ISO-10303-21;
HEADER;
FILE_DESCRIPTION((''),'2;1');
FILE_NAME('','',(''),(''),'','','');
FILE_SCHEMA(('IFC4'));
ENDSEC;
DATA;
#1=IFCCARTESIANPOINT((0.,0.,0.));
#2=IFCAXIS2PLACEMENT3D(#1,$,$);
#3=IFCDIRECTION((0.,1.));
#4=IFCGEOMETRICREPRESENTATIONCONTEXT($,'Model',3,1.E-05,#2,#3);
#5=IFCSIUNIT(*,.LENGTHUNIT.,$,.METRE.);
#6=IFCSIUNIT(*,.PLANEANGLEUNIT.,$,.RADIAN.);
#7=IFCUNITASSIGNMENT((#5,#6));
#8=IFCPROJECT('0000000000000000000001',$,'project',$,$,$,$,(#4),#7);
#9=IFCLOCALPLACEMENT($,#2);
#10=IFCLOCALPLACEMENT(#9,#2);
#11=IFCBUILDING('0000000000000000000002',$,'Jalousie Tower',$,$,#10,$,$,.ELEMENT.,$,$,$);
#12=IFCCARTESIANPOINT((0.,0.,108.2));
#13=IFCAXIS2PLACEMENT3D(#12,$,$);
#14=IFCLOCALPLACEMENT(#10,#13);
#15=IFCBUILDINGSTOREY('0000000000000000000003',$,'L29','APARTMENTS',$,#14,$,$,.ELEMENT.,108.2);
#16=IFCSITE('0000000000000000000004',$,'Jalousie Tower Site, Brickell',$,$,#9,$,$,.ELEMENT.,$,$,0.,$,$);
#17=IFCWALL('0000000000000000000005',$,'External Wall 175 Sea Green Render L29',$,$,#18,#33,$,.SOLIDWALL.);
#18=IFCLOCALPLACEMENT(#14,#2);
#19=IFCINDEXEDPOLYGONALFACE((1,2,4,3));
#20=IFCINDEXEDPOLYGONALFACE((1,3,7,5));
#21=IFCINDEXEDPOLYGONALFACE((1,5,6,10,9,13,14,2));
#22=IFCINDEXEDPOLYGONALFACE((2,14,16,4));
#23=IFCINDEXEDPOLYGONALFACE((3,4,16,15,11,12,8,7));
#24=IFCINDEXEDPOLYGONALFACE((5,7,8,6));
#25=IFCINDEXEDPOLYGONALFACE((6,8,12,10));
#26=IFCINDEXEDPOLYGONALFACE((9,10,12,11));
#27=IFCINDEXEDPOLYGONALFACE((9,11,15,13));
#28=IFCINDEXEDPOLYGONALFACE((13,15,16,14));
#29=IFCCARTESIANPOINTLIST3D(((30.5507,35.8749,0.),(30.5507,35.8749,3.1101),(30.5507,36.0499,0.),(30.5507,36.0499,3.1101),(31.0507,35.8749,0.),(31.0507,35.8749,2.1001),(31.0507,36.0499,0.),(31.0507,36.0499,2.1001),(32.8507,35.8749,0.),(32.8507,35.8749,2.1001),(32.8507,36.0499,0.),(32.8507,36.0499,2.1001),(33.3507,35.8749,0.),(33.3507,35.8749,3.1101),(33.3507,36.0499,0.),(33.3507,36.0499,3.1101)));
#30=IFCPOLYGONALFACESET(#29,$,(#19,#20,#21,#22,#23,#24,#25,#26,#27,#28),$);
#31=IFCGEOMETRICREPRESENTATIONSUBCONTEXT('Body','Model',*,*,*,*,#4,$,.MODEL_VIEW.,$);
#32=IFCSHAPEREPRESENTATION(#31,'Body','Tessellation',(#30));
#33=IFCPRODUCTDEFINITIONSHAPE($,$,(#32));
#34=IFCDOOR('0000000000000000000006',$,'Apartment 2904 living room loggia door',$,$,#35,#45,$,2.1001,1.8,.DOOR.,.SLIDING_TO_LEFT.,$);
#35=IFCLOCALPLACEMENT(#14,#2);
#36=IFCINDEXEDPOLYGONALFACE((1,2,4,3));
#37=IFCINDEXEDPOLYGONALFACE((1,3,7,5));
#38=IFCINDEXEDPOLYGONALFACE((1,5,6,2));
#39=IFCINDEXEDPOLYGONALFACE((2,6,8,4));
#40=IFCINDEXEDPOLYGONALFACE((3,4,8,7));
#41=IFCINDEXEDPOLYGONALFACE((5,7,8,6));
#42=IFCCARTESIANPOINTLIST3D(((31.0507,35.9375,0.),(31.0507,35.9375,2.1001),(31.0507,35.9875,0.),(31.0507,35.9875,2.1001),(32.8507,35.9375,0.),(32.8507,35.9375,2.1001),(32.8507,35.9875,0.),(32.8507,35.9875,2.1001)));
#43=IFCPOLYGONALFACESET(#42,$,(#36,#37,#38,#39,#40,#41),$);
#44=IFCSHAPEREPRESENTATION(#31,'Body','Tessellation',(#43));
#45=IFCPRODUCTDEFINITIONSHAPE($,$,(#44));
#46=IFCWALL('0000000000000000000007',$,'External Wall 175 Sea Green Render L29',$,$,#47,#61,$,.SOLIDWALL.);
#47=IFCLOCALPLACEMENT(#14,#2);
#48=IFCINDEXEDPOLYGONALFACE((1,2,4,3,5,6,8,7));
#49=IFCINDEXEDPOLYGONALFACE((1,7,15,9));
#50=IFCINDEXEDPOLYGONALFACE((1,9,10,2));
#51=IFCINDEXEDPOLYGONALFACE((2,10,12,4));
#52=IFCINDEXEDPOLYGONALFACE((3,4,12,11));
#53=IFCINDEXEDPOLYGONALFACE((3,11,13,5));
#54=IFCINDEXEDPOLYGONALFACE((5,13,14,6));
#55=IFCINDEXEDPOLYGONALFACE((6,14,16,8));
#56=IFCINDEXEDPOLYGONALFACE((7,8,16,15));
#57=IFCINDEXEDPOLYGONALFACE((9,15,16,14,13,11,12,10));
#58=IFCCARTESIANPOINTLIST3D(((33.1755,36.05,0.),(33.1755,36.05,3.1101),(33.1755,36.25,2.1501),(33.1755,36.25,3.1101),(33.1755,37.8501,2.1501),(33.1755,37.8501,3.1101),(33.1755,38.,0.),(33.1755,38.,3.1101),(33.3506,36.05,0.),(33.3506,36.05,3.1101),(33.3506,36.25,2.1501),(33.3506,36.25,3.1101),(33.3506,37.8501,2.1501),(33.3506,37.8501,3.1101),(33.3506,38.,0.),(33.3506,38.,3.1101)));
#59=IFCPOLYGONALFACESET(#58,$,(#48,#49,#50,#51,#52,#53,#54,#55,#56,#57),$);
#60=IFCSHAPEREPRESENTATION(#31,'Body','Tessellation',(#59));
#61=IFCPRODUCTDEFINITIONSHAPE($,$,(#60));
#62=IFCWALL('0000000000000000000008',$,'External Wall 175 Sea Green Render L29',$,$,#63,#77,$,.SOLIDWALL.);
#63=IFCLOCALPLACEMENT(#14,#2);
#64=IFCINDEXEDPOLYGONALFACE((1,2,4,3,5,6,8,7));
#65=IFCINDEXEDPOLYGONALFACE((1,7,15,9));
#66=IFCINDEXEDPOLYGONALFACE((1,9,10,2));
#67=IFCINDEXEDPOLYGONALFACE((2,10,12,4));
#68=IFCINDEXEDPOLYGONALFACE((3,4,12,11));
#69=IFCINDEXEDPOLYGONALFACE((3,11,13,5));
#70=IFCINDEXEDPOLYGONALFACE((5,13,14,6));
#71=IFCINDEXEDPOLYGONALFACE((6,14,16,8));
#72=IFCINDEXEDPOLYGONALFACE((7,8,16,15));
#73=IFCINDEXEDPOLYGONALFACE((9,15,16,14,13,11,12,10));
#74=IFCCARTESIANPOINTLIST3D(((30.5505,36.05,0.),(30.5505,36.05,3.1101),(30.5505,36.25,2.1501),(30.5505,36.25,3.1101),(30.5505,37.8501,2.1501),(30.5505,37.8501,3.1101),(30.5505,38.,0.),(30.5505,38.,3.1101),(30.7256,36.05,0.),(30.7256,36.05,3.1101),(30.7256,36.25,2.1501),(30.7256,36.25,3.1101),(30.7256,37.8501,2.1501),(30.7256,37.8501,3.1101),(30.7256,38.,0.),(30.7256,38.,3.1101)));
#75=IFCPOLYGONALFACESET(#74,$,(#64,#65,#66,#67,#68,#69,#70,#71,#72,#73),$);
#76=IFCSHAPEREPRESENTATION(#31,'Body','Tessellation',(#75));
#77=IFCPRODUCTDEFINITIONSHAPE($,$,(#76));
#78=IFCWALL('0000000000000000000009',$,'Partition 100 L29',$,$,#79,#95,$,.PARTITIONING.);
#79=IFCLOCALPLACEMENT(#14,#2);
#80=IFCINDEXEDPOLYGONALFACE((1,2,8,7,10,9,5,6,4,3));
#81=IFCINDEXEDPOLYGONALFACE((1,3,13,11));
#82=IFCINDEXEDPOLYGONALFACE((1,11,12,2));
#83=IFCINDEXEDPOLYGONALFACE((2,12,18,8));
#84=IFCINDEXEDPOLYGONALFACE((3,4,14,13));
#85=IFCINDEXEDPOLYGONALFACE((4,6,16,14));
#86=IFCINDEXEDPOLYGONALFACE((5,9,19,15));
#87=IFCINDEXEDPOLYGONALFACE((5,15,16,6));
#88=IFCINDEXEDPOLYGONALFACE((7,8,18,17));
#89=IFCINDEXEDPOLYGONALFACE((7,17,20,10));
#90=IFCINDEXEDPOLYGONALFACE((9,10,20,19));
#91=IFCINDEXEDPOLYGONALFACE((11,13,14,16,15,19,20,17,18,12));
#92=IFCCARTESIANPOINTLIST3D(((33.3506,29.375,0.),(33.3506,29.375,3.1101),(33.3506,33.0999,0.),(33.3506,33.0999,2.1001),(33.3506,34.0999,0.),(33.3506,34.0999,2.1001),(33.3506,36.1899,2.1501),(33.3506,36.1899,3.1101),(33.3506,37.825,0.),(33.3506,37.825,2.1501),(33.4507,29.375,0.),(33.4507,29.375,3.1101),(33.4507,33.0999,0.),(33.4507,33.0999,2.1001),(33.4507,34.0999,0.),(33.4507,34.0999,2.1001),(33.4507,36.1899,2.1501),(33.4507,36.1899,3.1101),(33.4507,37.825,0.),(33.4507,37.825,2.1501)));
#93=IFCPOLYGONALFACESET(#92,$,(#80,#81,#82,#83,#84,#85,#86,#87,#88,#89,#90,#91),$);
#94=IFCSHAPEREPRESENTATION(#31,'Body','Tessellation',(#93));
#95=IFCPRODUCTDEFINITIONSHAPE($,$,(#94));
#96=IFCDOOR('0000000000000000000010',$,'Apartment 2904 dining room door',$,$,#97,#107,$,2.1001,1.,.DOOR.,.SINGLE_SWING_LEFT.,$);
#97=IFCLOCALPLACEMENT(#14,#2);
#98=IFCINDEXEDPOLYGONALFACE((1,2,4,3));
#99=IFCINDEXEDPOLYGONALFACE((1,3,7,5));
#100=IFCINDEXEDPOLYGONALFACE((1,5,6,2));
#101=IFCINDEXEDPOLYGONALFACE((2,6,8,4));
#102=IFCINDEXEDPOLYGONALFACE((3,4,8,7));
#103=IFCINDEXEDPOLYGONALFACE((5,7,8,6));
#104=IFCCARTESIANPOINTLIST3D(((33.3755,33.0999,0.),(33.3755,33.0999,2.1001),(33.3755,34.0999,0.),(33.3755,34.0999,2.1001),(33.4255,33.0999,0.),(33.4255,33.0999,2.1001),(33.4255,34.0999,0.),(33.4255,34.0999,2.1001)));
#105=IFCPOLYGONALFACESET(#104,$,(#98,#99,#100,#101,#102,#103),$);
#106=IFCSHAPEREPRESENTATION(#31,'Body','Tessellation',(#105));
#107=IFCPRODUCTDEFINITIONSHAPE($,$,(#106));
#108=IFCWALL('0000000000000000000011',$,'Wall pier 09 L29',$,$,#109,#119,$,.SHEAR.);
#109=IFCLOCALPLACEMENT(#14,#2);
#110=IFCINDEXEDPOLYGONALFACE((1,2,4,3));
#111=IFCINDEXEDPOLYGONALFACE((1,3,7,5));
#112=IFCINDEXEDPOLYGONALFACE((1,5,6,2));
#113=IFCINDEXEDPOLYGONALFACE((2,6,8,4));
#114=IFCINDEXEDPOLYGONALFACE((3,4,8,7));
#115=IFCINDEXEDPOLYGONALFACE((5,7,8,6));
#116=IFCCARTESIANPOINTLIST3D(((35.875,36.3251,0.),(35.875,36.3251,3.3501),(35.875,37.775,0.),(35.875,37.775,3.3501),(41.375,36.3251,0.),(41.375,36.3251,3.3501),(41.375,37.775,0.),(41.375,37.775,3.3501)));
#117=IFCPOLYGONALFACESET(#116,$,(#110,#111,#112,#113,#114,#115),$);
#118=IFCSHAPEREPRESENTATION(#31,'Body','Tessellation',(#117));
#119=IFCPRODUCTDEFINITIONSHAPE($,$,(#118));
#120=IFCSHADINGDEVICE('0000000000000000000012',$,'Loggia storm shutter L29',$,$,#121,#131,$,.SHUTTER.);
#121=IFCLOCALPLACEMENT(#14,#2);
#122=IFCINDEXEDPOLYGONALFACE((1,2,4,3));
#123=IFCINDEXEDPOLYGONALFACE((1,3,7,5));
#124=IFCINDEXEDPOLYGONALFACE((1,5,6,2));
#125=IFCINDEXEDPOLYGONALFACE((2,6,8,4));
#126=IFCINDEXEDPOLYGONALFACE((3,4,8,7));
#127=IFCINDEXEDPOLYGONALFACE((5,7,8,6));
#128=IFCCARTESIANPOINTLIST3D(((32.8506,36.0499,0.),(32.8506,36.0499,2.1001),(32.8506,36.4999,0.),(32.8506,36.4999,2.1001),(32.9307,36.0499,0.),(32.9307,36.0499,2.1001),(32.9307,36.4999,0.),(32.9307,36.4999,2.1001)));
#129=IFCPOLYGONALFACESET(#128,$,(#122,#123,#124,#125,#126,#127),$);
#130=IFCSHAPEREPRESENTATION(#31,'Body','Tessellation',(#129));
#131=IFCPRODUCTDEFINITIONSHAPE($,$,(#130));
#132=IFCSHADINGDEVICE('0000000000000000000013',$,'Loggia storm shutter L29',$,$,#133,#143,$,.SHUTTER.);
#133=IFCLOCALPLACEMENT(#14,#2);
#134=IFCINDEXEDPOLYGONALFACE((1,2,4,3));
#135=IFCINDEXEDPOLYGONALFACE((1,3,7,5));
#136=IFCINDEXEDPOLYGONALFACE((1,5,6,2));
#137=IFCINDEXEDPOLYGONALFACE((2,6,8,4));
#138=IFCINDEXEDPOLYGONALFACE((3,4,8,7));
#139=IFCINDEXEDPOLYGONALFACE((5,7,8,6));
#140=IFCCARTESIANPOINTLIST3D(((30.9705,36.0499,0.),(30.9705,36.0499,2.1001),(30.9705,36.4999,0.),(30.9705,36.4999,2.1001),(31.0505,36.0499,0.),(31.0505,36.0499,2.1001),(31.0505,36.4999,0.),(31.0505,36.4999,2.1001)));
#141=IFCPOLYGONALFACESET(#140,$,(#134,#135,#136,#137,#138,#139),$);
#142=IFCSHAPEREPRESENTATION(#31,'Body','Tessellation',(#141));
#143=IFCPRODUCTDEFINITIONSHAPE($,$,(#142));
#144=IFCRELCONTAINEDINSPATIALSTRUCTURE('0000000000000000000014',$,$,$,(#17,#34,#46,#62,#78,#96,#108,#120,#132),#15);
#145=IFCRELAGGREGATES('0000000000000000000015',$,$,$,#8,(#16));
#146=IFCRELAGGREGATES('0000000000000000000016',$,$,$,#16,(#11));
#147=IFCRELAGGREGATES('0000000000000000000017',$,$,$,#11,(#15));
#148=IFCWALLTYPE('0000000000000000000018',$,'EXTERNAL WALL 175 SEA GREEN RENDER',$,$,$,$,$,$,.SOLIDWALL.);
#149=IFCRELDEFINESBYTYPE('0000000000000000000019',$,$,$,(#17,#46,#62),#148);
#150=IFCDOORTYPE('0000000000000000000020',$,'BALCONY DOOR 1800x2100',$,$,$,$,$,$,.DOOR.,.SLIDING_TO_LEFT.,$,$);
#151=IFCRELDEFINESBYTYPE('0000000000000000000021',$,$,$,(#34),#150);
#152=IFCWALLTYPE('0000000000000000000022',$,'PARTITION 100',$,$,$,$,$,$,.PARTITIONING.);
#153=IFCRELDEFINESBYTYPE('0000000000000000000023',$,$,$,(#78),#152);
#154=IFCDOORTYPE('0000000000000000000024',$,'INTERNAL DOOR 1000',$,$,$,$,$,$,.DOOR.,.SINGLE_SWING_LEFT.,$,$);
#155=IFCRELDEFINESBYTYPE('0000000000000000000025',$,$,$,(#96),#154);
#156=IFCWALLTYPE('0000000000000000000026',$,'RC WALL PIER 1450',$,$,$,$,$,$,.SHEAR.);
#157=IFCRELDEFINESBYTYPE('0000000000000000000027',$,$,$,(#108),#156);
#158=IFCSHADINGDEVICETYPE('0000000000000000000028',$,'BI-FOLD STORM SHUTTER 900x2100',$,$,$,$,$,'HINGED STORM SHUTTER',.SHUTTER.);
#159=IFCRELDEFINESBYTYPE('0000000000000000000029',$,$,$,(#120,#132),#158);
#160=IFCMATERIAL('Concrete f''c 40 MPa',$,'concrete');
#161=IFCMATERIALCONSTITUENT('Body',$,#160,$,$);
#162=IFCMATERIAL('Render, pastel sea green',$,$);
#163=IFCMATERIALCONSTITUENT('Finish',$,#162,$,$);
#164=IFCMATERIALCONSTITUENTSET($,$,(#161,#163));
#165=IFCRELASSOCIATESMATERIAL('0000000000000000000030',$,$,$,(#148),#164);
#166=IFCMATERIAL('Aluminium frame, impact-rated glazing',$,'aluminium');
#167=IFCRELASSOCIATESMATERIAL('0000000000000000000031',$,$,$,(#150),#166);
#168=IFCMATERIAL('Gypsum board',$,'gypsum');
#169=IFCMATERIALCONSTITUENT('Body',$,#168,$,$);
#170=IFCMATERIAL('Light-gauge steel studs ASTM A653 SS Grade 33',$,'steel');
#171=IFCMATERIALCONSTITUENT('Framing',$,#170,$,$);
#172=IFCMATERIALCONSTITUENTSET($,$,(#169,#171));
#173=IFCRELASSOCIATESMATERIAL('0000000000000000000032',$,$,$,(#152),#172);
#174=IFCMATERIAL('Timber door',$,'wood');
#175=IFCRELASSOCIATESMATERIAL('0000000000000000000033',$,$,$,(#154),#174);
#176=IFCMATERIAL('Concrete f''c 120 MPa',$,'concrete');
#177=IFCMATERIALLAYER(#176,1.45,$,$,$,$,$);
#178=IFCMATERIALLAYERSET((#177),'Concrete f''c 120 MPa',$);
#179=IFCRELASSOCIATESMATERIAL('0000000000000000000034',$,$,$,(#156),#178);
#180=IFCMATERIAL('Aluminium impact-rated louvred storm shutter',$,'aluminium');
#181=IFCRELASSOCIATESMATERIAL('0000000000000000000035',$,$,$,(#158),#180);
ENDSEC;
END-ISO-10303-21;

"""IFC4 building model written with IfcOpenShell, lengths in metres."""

from ifc_helpers import new_model, si_unit, direction, frame, frame_2d, origin, origin_2d, place, context, subcontext, project, spatial, polyline, rectangle, outline, extrude, material, layer, layer_set, constituent, constituent_set, type_object, element, fill, save


model = new_model("IFC4")

# Units and contexts
model_context = context("Model", 3, precision=1e-05, world=origin(), true_north=direction((0.0, 1.0)))
body_context = subcontext(model_context, "Body", "Model", "MODEL_VIEW")
ifc_project = project(units=[si_unit("LENGTHUNIT", "METRE"), si_unit("PLANEANGLEUNIT", "RADIAN")], contexts=[model_context])

# Site, building, storey
site_placement = place(None, origin())
site = spatial("IfcSite", under=ifc_project, at=site_placement, Name="Jalousie Tower Site, Brickell", CompositionType="ELEMENT", RefElevation=0.0)
building_placement = place(site_placement, origin())
building = spatial("IfcBuilding", under=site, at=building_placement, Name="Jalousie Tower", CompositionType="ELEMENT")
storey_placement = place(building_placement, frame((0.0, 0.0, 108.2)))
storey = spatial("IfcBuildingStorey", under=building, at=storey_placement, Name="L29", Description="APARTMENTS", CompositionType="ELEMENT", Elevation=108.2)

# Shared definitions
ifc_material_1 = material(Name="Concrete f'c 40 MPa", Category="concrete")
ifc_constituent_1 = constituent(ifc_material_1, Name="Body")
ifc_material_2 = material(Name="Render, pastel sea green")
ifc_constituent_2 = constituent(ifc_material_2, Name="Finish")
ifc_constituent_set_1 = constituent_set(constituents=[ifc_constituent_1, ifc_constituent_2])
wall_type_1 = type_object("IfcWallType", Name="EXTERNAL WALL 175 SEA GREEN RENDER", PredefinedType="SOLIDWALL", material=ifc_constituent_set_1)

# Wall, opening, door
wall_1_placement = place(storey_placement, frame((33.3506, 35.9624, 0.0), z_axis=(0.0, 0.0, 1.0), x_axis=(-1.0, 0.0, 0.0)))
wall_1 = element("IfcWall", 1, at=wall_1_placement, inside=storey, type_object=wall_type_1, Name="External Wall 175 Sea Green Render L29", PredefinedType="SOLIDWALL", context=body_context, shape_type="SweptSolid", body=[
    extrude(rectangle(XDim=2.8, YDim=0.175, at=frame_2d((1.3999, 0.0))), origin(), (0.0, 0.0, 1.0), 3.1101),
])
opening_1_placement = place(wall_1_placement, frame((0.5, 0.0, 0.0)))
opening_1 = element("IfcOpeningElement", 2, at=opening_1_placement, cuts=wall_1, PredefinedType="OPENING", context=body_context, shape_type="SweptSolid", body=[
    extrude(rectangle(XDim=1.8, YDim=2.1001, at=frame_2d((0.8999, 1.05))), frame((0.0, 0.0974, 0.0), z_axis=(0.0, -1.0, 0.0), x_axis=(1.0, 0.0, 0.0)), (0.0, 0.0, 1.0), 0.1951),
])
ifc_material_3 = material(Name="Aluminium frame, impact-rated glazing", Category="aluminium")
door_type_1 = type_object("IfcDoorType", Name="BALCONY DOOR 1800x2100", OperationType="SLIDING_TO_LEFT", PredefinedType="DOOR", material=ifc_material_3)
door_1_placement = place(opening_1_placement, origin())
door_1 = element("IfcDoor", 3, at=door_1_placement, inside=storey, type_object=door_type_1, Name="Apartment 2904 living room loggia door", OperationType="SLIDING_TO_LEFT", OverallHeight=2.1001, OverallWidth=1.8, PredefinedType="DOOR", context=body_context, shape_type="SweptSolid", body=[
    extrude(rectangle(XDim=1.8, YDim=2.1001, at=frame_2d((0.8999, 1.05))), frame((0.0, 0.0249, 0.0), z_axis=(0.0, -1.0, 0.0), x_axis=(1.0, 0.0, 0.0)), (0.0, 0.0, 1.0), 0.05),
])
fill(opening_1, door_1)

# Walls
for number, where, z_axis, x_axis, name in (
    (4, (33.2632, 38.0, 0.0), (0.0, 0.0, 1.0), (0.0, -1.0, 0.0), "External Wall 175 Sea Green Render L29"),
    (5, (30.6382, 38.0, 0.0), (0.0, 0.0, 1.0), (0.0, -1.0, 0.0), "External Wall 175 Sea Green Render L29"),
):
    element("IfcWall", number, at=place(storey_placement, frame(where, z_axis=z_axis, x_axis=x_axis)), inside=storey, type_object=wall_type_1, Name=name, PredefinedType="SOLIDWALL", context=body_context, shape_type="SweptSolid", body=[
        extrude(outline(polyline([(0.0, 0.0), (1.95, 0.0), (1.95, 3.1101), (1.75, 3.1101), (1.75, 2.1501), (0.1499, 2.1501), (0.1499, 3.1101), (0.0, 3.1101), (0.0, 0.0)])), frame((0.0, 0.0874, 0.0), z_axis=(0.0, -1.0, 0.0), x_axis=(1.0, 0.0, 0.0)), (0.0, 0.0, 1.0), 0.175),
    ])

# Wall, opening, door
ifc_material_4 = material(Name="Gypsum board", Category="gypsum")
ifc_constituent_3 = constituent(ifc_material_4, Name="Body")
ifc_material_5 = material(Name="Light-gauge steel studs ASTM A653 SS Grade 33", Category="steel")
ifc_constituent_4 = constituent(ifc_material_5, Name="Framing")
ifc_constituent_set_2 = constituent_set(constituents=[ifc_constituent_3, ifc_constituent_4])
wall_type_2 = type_object("IfcWallType", Name="PARTITION 100", PredefinedType="PARTITIONING", material=ifc_constituent_set_2)
wall_2_placement = place(storey_placement, frame((33.4006, 37.825, 0.0), z_axis=(0.0, 0.0, 1.0), x_axis=(0.0, -1.0, 0.0)))
wall_2 = element("IfcWall", 6, at=wall_2_placement, inside=storey, type_object=wall_type_2, Name="Partition 100 L29", PredefinedType="PARTITIONING", context=body_context, shape_type="SweptSolid", body=[
    extrude(outline(polyline([(0.0, 0.0), (8.45, 0.0), (8.45, 3.1101), (1.635, 3.1101), (1.635, 2.1501), (0.0, 2.1501), (0.0, 3.1101), (0.0, 0.0)])), frame((0.0, 0.05, 0.0), z_axis=(0.0, -1.0, 0.0), x_axis=(1.0, 0.0, 0.0)), (0.0, 0.0, 1.0), 0.1001),
])
opening_2_placement = place(wall_2_placement, frame((3.7251, 0.0, 0.0)))
opening_2 = element("IfcOpeningElement", 7, at=opening_2_placement, cuts=wall_2, PredefinedType="OPENING", context=body_context, shape_type="SweptSolid", body=[
    extrude(rectangle(XDim=1.0, YDim=2.1001, at=frame_2d((0.5, 1.05))), frame((0.0, 0.0601, 0.0), z_axis=(0.0, -1.0, 0.0), x_axis=(1.0, 0.0, 0.0)), (0.0, 0.0, 1.0), 0.1201),
])
ifc_material_6 = material(Name="Timber door", Category="wood")
door_type_2 = type_object("IfcDoorType", Name="INTERNAL DOOR 1000", OperationType="SINGLE_SWING_LEFT", PredefinedType="DOOR", material=ifc_material_6)
door_2_placement = place(opening_2_placement, origin())
door_2 = element("IfcDoor", 8, at=door_2_placement, inside=storey, type_object=door_type_2, Name="Apartment 2904 dining room door", OperationType="SINGLE_SWING_LEFT", OverallHeight=2.1001, OverallWidth=1.0, PredefinedType="DOOR", context=body_context, shape_type="SweptSolid", body=[
    extrude(rectangle(XDim=1.0, YDim=2.1001, at=frame_2d((0.5, 1.05))), frame((0.0, 0.0249, 0.0), z_axis=(0.0, -1.0, 0.0), x_axis=(1.0, 0.0, 0.0)), (0.0, 0.0, 1.0), 0.05),
])
fill(opening_2, door_2)

# Wall
ifc_material_7 = material(Name="Concrete f'c 120 MPa", Category="concrete")
ifc_layer_1 = layer(ifc_material_7, 1.45)
ifc_layer_set_1 = layer_set([ifc_layer_1], Name="Concrete f'c 120 MPa")
wall_type_3 = type_object("IfcWallType", Name="RC WALL PIER 1450", PredefinedType="SHEAR", material=ifc_layer_set_1)
wall_3_placement = place(storey_placement, frame((35.875, 37.05, 0.0), z_axis=(0.0, 0.0, 1.0), x_axis=(1.0, 0.0, 0.0)))
element("IfcWall", 9, at=wall_3_placement, inside=storey, type_object=wall_type_3, Name="Wall pier 09 L29", PredefinedType="SHEAR", context=body_context, shape_type="SweptSolid", body=[
    extrude(rectangle(XDim=5.5, YDim=1.45, at=frame_2d((2.75, 0.0))), origin(), (0.0, 0.0, 1.0), 3.3501),
])

# Shading devices
ifc_material_8 = material(Name="Aluminium impact-rated louvred storm shutter", Category="aluminium")
shading_device_type_1 = type_object("IfcShadingDeviceType", Name="BI-FOLD STORM SHUTTER 900x2100", ElementType="HINGED STORM SHUTTER", PredefinedType="SHUTTER", material=ifc_material_8)
for number, where, z_axis, x_axis, name in (
    (10, (32.8906, 36.2749, 0.0), (0.0, 0.0, 1.0), (0.0, -1.0, 0.0), "Loggia storm shutter L29"),
    (11, (31.0105, 36.2749, 0.0), (0.0, 0.0, 1.0), (0.0, -1.0, 0.0), "Loggia storm shutter L29"),
):
    element("IfcShadingDevice", number, at=place(storey_placement, frame(where, z_axis=z_axis, x_axis=x_axis)), inside=storey, type_object=shading_device_type_1, Name=name, PredefinedType="SHUTTER", context=body_context, shape_type="SweptSolid", body=[
        extrude(rectangle(XDim=0.45, YDim=0.0801, at=origin_2d()), origin(), (0.0, 0.0, 1.0), 2.1001),
    ])

save(model, "model.ifc")
